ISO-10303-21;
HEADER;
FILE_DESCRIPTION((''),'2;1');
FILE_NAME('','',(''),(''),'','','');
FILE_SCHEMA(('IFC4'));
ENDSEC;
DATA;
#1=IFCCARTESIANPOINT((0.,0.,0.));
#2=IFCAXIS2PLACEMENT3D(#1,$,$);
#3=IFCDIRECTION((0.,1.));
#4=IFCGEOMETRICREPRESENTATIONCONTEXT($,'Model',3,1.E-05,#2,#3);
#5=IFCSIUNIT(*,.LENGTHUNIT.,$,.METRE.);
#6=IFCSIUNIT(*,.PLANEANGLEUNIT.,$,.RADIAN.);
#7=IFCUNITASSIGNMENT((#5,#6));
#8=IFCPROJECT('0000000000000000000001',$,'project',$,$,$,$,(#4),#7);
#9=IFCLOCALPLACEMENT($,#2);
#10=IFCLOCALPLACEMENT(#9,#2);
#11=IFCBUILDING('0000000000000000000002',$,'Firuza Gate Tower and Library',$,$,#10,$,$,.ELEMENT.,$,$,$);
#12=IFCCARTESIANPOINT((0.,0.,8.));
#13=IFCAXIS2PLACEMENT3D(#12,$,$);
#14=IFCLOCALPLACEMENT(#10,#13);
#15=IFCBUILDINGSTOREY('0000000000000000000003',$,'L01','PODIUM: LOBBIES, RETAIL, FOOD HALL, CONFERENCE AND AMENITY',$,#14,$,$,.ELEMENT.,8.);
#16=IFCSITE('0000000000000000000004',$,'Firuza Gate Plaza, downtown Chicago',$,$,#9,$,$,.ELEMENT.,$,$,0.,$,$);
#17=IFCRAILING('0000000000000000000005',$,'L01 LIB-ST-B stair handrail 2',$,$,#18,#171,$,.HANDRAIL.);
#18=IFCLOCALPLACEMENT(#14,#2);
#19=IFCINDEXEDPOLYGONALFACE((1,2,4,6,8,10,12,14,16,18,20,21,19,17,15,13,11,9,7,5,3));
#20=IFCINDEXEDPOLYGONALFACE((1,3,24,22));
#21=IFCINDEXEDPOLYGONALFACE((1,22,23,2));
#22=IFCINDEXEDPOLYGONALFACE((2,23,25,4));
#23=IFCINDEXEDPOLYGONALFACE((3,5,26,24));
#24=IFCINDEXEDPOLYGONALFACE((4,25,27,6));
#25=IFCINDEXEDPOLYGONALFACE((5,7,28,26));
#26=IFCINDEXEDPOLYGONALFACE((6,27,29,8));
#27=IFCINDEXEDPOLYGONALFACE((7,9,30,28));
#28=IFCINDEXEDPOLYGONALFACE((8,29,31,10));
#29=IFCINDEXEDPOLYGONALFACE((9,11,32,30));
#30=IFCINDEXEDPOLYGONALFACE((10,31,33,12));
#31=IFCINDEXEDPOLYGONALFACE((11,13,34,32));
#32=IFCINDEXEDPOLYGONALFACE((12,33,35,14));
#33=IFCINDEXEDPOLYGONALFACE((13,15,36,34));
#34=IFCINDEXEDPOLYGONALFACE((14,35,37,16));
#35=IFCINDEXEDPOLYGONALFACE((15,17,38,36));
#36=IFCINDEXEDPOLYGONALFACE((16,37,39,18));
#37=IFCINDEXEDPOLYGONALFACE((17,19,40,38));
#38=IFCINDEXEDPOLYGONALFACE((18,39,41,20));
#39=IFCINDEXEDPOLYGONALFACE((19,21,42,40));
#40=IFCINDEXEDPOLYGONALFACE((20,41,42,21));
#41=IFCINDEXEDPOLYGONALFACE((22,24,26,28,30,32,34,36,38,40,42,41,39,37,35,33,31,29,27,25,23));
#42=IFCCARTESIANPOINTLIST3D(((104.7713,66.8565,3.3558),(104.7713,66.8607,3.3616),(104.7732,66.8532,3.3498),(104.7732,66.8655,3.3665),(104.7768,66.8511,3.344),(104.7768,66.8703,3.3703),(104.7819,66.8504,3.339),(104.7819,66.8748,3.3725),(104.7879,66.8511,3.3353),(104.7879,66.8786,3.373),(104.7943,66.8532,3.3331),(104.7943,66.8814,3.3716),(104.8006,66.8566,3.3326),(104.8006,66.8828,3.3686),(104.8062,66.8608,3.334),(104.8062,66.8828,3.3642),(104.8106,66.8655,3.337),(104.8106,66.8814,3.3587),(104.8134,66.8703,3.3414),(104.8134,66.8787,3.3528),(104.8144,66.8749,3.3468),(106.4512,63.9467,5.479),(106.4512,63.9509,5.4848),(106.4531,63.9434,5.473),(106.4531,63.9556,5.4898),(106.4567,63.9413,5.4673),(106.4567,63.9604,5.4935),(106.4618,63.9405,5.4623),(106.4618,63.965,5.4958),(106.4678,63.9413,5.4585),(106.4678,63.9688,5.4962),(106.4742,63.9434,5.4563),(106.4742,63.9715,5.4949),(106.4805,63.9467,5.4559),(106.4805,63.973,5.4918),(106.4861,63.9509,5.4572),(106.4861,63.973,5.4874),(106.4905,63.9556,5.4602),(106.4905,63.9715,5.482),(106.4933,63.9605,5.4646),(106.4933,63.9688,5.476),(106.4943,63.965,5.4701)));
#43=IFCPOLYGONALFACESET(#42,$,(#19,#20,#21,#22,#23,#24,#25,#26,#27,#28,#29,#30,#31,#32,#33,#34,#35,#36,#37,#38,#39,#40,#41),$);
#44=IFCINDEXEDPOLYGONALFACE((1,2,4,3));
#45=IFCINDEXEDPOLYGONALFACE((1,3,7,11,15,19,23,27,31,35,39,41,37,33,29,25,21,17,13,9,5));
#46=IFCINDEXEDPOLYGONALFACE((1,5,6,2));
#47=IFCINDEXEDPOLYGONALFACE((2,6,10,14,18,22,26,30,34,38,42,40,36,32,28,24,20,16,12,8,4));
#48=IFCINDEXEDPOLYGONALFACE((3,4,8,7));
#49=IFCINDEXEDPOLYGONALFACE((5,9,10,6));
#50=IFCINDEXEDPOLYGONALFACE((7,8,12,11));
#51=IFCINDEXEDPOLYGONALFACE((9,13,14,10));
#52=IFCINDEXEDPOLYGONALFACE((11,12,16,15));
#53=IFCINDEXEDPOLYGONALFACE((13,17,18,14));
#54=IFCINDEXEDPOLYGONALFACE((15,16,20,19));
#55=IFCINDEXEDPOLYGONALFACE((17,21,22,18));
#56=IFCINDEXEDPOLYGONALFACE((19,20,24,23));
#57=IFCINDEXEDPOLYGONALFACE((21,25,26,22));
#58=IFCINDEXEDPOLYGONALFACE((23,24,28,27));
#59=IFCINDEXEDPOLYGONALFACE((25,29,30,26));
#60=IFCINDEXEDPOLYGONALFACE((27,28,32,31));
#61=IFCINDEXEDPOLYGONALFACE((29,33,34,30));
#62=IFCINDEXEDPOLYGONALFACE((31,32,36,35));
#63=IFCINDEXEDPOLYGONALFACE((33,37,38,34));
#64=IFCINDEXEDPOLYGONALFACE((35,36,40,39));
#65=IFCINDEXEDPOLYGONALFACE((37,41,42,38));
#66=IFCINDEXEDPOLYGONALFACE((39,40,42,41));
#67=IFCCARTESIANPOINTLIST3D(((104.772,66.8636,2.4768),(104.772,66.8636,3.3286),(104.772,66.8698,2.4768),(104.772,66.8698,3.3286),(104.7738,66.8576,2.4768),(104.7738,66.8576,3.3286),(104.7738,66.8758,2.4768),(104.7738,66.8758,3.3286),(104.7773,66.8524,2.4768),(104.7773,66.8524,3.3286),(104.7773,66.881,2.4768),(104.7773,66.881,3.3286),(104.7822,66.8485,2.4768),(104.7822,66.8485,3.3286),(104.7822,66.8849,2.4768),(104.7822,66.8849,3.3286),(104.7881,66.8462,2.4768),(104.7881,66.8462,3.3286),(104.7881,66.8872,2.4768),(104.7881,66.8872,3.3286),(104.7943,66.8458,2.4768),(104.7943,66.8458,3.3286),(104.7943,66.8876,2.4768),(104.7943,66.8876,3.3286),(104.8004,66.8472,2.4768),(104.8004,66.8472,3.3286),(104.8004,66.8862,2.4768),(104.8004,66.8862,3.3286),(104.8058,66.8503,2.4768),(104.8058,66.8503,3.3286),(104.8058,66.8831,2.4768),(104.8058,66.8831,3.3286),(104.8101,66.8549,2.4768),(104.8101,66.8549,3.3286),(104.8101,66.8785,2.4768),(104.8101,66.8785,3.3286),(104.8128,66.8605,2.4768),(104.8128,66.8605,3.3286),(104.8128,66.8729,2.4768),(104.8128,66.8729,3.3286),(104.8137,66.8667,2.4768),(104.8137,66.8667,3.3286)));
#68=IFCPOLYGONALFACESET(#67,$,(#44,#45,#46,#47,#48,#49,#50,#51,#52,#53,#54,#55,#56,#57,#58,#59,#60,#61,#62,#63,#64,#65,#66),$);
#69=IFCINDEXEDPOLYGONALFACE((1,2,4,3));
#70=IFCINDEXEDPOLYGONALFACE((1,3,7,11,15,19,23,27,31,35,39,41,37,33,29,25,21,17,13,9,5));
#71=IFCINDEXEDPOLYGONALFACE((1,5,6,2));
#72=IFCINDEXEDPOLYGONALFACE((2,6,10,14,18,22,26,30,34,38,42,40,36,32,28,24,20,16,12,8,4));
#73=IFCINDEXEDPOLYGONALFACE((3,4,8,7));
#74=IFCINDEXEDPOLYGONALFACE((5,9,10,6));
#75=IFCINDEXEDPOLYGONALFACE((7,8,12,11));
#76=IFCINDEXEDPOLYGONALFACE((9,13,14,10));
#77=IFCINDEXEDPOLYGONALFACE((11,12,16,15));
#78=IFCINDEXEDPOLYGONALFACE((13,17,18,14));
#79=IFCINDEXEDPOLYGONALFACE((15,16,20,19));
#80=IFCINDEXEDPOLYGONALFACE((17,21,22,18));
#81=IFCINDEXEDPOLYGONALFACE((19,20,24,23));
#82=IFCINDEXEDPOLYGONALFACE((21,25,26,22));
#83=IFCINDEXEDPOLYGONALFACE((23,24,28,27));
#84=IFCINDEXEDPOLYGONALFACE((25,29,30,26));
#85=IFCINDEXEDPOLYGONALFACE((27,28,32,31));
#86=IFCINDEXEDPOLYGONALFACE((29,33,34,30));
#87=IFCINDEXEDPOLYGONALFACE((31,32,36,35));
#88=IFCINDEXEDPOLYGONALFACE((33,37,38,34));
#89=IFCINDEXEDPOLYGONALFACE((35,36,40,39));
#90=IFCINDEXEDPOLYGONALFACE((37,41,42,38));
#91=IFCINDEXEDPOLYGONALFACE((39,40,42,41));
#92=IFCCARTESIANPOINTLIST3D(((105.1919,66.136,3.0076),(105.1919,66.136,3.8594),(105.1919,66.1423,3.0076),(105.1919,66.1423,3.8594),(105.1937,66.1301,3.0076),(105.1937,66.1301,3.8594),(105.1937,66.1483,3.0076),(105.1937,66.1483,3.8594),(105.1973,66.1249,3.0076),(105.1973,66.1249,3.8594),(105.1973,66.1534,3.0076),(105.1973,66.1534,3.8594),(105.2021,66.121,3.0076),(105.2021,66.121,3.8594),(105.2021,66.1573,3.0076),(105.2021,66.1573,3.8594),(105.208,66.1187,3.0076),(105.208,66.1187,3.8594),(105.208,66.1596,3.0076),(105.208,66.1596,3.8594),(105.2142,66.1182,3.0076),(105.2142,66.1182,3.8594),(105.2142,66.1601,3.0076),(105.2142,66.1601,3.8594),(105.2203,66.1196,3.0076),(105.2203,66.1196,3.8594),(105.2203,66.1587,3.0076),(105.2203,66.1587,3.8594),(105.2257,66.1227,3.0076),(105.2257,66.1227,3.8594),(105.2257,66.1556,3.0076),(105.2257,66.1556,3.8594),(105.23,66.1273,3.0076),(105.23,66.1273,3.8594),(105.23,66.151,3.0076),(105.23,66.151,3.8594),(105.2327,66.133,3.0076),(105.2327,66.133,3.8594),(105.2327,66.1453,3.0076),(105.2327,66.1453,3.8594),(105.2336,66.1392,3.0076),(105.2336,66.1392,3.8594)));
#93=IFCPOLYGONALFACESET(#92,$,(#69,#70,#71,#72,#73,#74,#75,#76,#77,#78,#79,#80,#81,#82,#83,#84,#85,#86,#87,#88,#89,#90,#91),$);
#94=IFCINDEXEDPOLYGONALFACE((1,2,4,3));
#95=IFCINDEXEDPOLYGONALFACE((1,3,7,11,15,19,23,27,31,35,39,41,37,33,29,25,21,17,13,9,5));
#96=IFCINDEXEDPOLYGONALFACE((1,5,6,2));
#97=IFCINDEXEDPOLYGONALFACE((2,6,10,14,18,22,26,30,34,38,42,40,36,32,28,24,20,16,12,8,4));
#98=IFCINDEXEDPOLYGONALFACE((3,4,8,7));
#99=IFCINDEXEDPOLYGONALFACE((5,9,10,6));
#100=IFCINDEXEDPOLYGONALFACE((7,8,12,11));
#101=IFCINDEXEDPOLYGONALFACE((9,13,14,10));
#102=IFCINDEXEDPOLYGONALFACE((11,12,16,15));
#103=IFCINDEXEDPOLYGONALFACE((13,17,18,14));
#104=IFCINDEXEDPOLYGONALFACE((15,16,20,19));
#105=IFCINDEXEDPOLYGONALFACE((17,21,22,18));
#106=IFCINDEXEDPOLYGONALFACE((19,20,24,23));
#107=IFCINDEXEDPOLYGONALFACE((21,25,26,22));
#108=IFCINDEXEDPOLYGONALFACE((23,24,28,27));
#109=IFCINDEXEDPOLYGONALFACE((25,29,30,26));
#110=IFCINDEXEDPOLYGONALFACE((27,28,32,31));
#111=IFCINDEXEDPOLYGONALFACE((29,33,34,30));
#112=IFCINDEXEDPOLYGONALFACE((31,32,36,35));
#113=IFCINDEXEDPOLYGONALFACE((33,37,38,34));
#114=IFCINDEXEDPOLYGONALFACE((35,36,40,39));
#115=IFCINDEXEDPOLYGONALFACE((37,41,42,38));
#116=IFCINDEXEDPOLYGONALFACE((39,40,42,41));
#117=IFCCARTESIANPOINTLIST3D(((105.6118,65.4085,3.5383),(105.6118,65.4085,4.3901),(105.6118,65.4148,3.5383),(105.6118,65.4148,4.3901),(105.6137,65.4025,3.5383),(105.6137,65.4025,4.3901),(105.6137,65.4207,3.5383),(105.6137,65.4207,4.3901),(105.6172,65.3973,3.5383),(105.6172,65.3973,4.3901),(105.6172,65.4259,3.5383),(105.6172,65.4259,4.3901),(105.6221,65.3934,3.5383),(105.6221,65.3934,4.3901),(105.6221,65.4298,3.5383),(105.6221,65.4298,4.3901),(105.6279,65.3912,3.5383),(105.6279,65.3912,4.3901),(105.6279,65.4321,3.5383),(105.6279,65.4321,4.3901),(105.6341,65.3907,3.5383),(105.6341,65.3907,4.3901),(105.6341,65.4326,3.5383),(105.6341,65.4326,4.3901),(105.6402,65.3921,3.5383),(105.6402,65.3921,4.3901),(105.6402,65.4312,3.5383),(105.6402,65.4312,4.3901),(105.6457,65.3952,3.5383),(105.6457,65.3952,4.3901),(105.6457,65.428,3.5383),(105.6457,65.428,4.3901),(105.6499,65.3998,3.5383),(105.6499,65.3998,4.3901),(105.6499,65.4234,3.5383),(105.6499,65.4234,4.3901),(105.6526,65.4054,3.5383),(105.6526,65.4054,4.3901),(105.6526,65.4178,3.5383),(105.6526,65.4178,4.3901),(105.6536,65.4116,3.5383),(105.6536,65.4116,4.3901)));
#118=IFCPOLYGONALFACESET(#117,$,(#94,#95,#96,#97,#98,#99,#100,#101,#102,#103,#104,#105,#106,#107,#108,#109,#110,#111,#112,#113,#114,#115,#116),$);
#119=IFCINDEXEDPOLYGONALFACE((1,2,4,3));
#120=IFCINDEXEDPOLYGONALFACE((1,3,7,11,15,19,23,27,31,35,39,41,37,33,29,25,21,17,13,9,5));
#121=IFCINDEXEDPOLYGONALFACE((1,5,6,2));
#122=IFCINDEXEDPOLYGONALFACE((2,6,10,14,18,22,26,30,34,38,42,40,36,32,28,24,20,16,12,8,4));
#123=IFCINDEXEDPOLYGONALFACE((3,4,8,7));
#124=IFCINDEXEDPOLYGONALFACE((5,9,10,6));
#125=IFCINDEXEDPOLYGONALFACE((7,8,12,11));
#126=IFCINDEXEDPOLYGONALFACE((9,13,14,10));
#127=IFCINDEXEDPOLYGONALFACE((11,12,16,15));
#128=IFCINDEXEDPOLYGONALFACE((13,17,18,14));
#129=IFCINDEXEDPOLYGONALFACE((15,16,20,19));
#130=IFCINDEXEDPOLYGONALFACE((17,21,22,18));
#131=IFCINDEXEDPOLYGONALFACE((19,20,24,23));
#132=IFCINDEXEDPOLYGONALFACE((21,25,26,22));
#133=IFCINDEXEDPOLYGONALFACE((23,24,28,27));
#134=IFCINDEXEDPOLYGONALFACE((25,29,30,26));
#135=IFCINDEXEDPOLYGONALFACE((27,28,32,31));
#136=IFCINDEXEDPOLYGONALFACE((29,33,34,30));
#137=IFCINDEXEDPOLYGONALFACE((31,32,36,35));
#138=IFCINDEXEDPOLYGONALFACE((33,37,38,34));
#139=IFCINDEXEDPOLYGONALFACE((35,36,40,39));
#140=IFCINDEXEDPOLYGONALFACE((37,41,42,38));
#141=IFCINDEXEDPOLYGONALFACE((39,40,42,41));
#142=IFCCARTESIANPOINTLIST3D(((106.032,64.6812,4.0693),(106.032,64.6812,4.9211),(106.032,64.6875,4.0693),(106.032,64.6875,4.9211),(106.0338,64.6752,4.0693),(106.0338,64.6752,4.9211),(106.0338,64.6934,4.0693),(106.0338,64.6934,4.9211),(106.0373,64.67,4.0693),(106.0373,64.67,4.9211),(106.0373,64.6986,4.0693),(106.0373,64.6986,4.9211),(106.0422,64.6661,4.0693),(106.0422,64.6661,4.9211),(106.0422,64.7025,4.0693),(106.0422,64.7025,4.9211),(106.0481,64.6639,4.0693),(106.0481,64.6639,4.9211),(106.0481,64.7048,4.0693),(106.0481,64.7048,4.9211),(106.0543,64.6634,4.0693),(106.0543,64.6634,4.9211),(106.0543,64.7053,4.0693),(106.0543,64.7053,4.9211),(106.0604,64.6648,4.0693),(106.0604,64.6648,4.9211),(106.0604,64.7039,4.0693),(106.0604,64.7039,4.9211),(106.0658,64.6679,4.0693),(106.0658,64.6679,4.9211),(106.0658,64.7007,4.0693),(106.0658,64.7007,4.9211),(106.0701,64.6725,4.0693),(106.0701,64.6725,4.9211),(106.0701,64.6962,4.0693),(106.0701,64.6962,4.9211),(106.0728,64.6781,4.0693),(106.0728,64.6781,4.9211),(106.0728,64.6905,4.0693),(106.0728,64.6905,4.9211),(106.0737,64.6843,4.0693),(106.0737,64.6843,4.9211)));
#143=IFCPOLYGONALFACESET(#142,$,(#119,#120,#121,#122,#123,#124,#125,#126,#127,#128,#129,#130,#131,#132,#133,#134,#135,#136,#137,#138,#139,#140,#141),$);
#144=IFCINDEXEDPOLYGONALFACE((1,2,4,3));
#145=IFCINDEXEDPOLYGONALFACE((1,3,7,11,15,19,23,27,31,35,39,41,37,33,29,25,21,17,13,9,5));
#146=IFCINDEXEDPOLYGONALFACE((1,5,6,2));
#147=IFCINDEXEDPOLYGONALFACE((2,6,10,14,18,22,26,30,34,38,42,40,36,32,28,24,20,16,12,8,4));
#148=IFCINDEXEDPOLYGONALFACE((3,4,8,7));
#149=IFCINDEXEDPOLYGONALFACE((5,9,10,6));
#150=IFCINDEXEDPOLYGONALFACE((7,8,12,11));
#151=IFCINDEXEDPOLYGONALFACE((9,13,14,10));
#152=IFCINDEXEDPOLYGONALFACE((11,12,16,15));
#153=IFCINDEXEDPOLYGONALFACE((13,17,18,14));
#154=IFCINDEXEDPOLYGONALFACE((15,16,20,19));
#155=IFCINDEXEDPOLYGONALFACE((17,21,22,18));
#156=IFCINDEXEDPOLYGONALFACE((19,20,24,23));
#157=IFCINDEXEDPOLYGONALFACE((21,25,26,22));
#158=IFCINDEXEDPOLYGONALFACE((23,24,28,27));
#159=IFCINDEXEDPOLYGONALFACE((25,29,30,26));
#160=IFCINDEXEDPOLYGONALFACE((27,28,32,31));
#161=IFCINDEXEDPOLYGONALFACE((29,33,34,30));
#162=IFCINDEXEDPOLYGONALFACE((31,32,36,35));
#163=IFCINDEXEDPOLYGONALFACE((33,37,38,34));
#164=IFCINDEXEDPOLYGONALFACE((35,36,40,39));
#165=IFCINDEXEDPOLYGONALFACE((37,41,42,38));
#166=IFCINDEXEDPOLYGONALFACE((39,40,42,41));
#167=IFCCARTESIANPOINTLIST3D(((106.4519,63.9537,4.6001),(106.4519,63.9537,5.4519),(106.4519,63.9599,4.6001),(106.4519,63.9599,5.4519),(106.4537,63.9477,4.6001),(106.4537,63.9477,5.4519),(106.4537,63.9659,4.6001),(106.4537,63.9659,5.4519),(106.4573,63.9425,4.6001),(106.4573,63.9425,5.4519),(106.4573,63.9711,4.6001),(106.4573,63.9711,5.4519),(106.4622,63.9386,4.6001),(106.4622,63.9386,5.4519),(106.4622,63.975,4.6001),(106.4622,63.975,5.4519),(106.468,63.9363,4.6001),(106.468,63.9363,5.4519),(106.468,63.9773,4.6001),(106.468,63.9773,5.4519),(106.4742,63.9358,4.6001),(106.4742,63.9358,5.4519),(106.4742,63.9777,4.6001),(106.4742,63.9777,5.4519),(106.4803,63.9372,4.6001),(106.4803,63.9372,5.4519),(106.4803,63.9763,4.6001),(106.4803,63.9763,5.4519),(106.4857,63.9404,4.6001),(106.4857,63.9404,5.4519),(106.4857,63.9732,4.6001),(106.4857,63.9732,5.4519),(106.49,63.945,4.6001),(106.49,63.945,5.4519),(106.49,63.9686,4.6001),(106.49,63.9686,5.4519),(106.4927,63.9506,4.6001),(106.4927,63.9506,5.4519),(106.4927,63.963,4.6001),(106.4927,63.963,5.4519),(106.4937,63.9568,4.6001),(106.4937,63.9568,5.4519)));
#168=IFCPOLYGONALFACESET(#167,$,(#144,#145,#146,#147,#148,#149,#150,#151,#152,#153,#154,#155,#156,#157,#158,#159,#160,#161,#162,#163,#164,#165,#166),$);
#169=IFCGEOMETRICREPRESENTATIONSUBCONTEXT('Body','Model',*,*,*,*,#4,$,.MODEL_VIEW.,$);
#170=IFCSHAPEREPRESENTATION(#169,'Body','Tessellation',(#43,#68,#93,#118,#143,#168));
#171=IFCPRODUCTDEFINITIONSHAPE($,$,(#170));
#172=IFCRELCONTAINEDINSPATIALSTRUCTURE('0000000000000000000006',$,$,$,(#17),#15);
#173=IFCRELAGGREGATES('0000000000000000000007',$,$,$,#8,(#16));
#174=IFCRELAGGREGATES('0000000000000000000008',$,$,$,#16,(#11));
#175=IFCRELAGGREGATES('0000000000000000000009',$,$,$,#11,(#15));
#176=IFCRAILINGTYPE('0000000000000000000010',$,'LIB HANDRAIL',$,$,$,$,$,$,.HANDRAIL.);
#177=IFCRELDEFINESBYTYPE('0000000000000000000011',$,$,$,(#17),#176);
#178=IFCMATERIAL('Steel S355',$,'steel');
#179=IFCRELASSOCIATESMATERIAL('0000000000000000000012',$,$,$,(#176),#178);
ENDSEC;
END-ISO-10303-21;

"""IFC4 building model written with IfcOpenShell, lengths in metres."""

from ifc_helpers import new_model, si_unit, direction, frame, origin, origin_2d, place, context, subcontext, project, spatial, circle, extrude, material, type_object, element, save


model = new_model("IFC4")

# Units and contexts
model_context = context("Model", 3, precision=1e-05, world=origin(), true_north=direction((0.0, 1.0)))
body_context = subcontext(model_context, "Body", "Model", "MODEL_VIEW")
ifc_project = project(units=[si_unit("LENGTHUNIT", "METRE"), si_unit("PLANEANGLEUNIT", "RADIAN")], contexts=[model_context])

# Site, building, storey
site_placement = place(None, origin())
site = spatial("IfcSite", under=ifc_project, at=site_placement, Name="Firuza Gate Plaza, downtown Chicago", CompositionType="ELEMENT", RefElevation=0.0)
building_placement = place(site_placement, origin())
building = spatial("IfcBuilding", under=site, at=building_placement, Name="Firuza Gate Tower and Library", CompositionType="ELEMENT")
storey_placement = place(building_placement, frame((0.0, 0.0, 8.0)))
storey = spatial("IfcBuildingStorey", under=building, at=storey_placement, Name="L01", Description="PODIUM: LOBBIES, RETAIL, FOOD HALL, CONFERENCE AND AMENITY", CompositionType="ELEMENT", Elevation=8.0)

# Railing
ifc_material_1 = material(Name="Steel S355", Category="steel")
railing_type_1 = type_object("IfcRailingType", Name="LIB HANDRAIL", PredefinedType="HANDRAIL", material=ifc_material_1)
railing_1_placement = place(storey_placement, frame((104.7927, 66.8667, 2.4768)))
element("IfcRailing", 1, at=railing_1_placement, inside=storey, type_object=railing_type_1, Name="L01 LIB-ST-B stair handrail 2", PredefinedType="HANDRAIL", context=body_context, shape_type="SweptSolid", body=[
    extrude(circle(Radius=0.0239, at=origin_2d()), frame((0.0, 0.0, 0.876), z_axis=(0.422658, -0.732111, 0.534204), x_axis=(0.866039, 0.499976, 0.0)), (0.0, 0.0, 1.0), 3.9746),
    extrude(circle(Radius=0.021, at=origin_2d()), origin(), (0.0, 0.0, 1.0), 0.8518),
    extrude(circle(Radius=0.021, at=origin_2d()), frame((0.4199, -0.7275, 0.5308)), (0.0, 0.0, 1.0), 0.8518),
    extrude(circle(Radius=0.021, at=origin_2d()), frame((0.8398, -1.4551, 1.0615)), (0.0, 0.0, 1.0), 0.8518),
    extrude(circle(Radius=0.021, at=origin_2d()), frame((1.26, -2.1824, 1.5925)), (0.0, 0.0, 1.0), 0.8518),
    extrude(circle(Radius=0.021, at=origin_2d()), frame((1.6799, -2.9099, 2.1233)), (0.0, 0.0, 1.0), 0.8518),
])

save(model, "model.ifc")
